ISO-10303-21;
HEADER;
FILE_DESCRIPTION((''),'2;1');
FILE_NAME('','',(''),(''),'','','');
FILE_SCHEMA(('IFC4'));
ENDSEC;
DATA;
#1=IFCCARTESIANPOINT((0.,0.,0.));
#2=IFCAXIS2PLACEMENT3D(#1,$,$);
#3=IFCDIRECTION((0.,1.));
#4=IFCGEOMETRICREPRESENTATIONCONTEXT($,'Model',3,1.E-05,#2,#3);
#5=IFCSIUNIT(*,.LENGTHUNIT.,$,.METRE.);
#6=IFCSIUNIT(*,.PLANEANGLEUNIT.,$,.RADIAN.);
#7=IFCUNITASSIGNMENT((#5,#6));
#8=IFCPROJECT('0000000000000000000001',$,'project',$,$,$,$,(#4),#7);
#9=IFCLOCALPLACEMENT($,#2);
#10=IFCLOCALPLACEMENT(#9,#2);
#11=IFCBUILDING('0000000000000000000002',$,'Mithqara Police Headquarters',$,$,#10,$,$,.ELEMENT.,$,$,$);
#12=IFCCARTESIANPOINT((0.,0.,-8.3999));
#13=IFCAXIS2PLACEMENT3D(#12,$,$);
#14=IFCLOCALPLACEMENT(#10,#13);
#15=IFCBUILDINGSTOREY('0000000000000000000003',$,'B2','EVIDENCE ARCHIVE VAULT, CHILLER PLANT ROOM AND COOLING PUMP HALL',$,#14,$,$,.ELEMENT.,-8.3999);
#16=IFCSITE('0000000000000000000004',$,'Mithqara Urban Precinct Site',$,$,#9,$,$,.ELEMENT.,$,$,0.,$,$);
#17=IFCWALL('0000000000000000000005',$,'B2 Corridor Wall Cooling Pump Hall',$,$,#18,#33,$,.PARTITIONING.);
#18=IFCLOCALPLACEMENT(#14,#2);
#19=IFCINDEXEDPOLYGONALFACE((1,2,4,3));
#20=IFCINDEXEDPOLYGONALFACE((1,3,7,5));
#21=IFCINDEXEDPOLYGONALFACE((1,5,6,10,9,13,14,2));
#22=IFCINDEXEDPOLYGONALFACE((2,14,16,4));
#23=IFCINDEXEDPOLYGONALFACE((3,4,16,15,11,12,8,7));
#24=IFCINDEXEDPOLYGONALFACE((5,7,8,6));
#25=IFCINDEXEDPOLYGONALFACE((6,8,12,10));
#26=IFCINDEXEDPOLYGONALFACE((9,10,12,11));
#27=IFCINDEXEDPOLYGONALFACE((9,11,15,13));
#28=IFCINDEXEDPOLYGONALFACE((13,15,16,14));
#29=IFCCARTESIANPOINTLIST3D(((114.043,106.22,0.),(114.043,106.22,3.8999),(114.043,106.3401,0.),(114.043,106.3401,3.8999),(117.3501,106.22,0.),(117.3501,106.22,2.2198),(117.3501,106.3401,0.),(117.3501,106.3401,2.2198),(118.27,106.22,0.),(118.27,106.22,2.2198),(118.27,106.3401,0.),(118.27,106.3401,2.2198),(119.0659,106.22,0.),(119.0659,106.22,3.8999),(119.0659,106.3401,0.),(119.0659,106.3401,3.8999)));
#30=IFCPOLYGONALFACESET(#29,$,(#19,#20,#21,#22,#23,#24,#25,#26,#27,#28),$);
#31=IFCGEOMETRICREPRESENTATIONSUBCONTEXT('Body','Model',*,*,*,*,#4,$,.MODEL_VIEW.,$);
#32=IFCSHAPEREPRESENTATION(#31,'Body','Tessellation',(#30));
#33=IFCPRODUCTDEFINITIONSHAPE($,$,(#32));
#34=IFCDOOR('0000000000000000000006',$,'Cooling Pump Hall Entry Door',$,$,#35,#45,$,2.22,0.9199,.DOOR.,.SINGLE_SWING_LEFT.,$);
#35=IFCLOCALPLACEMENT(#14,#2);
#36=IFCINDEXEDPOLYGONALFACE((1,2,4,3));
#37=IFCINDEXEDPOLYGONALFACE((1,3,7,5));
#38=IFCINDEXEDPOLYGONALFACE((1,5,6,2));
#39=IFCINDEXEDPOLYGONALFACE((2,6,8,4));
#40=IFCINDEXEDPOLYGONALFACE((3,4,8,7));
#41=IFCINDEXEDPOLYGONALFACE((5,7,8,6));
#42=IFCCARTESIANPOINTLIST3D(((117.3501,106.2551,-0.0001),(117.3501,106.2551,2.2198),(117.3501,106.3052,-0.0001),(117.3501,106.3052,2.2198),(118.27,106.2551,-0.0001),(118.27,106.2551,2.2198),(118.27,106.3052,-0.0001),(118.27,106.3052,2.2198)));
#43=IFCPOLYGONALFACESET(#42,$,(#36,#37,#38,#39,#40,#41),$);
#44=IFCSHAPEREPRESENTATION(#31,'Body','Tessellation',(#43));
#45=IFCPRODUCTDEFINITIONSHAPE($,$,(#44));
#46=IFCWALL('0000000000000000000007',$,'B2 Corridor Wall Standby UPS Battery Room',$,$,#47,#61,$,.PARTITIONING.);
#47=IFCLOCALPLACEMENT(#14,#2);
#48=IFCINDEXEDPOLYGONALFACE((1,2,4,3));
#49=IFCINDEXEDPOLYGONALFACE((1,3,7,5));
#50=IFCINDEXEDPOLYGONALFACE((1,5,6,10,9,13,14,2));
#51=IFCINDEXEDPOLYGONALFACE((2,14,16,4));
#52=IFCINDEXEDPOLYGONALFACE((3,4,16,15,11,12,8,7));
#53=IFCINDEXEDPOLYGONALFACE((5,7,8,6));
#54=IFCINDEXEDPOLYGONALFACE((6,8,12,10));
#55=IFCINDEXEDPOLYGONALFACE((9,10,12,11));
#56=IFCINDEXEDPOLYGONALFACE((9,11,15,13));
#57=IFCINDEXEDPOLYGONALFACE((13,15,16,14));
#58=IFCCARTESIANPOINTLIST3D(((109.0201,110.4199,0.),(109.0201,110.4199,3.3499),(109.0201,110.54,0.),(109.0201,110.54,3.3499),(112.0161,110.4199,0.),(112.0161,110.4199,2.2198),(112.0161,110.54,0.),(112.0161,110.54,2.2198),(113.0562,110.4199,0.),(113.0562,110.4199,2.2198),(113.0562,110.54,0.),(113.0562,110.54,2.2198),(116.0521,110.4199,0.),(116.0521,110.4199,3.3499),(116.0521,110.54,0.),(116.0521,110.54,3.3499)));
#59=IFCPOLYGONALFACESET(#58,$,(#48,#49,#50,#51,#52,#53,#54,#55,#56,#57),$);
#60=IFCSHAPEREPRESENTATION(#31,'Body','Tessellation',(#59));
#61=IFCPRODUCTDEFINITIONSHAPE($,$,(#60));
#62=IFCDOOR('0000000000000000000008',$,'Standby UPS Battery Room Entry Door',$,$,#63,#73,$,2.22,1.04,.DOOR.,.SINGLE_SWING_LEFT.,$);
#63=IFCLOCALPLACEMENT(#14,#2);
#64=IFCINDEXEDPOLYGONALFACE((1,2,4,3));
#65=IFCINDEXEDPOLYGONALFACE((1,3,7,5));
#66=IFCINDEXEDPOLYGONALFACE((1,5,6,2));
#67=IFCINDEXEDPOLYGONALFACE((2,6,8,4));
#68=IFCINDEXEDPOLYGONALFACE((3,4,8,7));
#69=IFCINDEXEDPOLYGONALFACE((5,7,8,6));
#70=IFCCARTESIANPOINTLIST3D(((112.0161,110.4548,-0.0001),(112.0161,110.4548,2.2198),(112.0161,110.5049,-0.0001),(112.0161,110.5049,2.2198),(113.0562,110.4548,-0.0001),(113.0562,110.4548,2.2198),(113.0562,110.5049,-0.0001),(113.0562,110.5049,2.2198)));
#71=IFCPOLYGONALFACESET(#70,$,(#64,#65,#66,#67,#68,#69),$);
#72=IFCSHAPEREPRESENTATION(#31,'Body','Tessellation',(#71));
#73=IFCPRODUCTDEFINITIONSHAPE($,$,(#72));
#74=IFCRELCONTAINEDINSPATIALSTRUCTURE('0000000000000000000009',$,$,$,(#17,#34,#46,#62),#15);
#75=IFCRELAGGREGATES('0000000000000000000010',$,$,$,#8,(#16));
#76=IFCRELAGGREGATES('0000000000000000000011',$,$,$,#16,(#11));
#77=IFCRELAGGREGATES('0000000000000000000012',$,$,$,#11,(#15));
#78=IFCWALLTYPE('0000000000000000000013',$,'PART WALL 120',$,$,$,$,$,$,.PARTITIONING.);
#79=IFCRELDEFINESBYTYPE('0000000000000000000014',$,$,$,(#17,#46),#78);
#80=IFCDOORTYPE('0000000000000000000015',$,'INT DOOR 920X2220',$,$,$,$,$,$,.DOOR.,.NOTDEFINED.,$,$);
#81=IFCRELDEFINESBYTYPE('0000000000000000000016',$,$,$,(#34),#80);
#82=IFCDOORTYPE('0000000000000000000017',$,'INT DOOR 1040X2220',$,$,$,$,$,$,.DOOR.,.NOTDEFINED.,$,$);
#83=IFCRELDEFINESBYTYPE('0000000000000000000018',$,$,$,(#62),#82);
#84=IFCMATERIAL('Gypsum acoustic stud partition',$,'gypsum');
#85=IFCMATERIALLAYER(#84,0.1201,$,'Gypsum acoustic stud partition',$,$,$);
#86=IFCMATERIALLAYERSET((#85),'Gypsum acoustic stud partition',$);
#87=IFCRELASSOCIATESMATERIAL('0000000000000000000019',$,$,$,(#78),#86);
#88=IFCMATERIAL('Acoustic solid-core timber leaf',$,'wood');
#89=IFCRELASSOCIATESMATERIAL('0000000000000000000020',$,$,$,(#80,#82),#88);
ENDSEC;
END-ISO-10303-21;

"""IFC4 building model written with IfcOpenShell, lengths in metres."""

from ifc_helpers import new_model, si_unit, direction, frame, frame_2d, origin, place, context, subcontext, project, spatial, rectangle, extrude, material, layer, layer_set, type_object, element, fill, save


model = new_model("IFC4")

# Units and contexts
model_context = context("Model", 3, precision=1e-05, world=origin(), true_north=direction((0.0, 1.0)))
body_context = subcontext(model_context, "Body", "Model", "MODEL_VIEW")
ifc_project = project(units=[si_unit("LENGTHUNIT", "METRE"), si_unit("PLANEANGLEUNIT", "RADIAN")], contexts=[model_context])

# Site, building, storey
site_placement = place(None, origin())
site = spatial("IfcSite", under=ifc_project, at=site_placement, Name="Mithqara Urban Precinct Site", CompositionType="ELEMENT", RefElevation=0.0)
building_placement = place(site_placement, origin())
building = spatial("IfcBuilding", under=site, at=building_placement, Name="Mithqara Police Headquarters", CompositionType="ELEMENT")
storey_placement = place(building_placement, frame((0.0, 0.0, -8.3999)))
storey = spatial("IfcBuildingStorey", under=building, at=storey_placement, Name="B2", Description="EVIDENCE ARCHIVE VAULT, CHILLER PLANT ROOM AND COOLING PUMP HALL", CompositionType="ELEMENT", Elevation=-8.3999)

# Shared definitions
ifc_material_1 = material(Name="Gypsum acoustic stud partition", Category="gypsum")
ifc_layer = layer(ifc_material_1, 0.1201, Name="Gypsum acoustic stud partition")
ifc_layer_set = layer_set([ifc_layer], Name="Gypsum acoustic stud partition")
wall_type = type_object("IfcWallType", Name="PART WALL 120", PredefinedType="PARTITIONING", material=ifc_layer_set)
ifc_material_2 = material(Name="Acoustic solid-core timber leaf", Category="wood")

# Walls, openings, doors
wall_1_placement = place(storey_placement, frame((114.043, 106.28, 0.0), z_axis=(0.0, 0.0, 1.0), x_axis=(1.0, 0.0, 0.0)))
wall_1 = element("IfcWall", 1, at=wall_1_placement, inside=storey, type_object=wall_type, Name="B2 Corridor Wall Cooling Pump Hall", PredefinedType="PARTITIONING", context=body_context, shape_type="SweptSolid", body=[
    extrude(rectangle(XDim=5.0229, YDim=0.1201, at=frame_2d((2.5115, 0.0))), origin(), (0.0, 0.0, 1.0), 3.8999),
])
opening_1_placement = place(wall_1_placement, frame((3.3071, 0.0, 0.0)))
opening_1 = element("IfcOpeningElement", 2, at=opening_1_placement, cuts=wall_1, PredefinedType="OPENING", context=body_context, shape_type="SweptSolid", body=[
    extrude(rectangle(XDim=0.9199, YDim=2.22, at=frame_2d((0.46, 1.1099))), frame((0.0, 0.0701, 0.0), z_axis=(0.0, -1.0, 0.0), x_axis=(1.0, 0.0, 0.0)), (0.0, 0.0, 1.0), 0.1401),
])
door_type_1 = type_object("IfcDoorType", Name="INT DOOR 920X2220", OperationType="NOTDEFINED", PredefinedType="DOOR", material=ifc_material_2)
door_1_placement = place(opening_1_placement, frame((0.9199, 0.0, 0.0), z_axis=(0.0, 0.0, 1.0), x_axis=(-1.0, 0.0, 0.0)))
door_1 = element("IfcDoor", 3, at=door_1_placement, inside=storey, type_object=door_type_1, Name="Cooling Pump Hall Entry Door", OperationType="SINGLE_SWING_LEFT", OverallHeight=2.22, OverallWidth=0.9199, PredefinedType="DOOR", context=body_context, shape_type="SweptSolid", body=[
    extrude(rectangle(XDim=0.9199, YDim=2.22, at=frame_2d((0.46, 1.1099))), frame((0.0, 0.0249, 0.0), z_axis=(0.0, -1.0, 0.0), x_axis=(1.0, 0.0, 0.0)), (0.0, 0.0, 1.0), 0.05),
])
fill(opening_1, door_1)
wall_2_placement = place(storey_placement, frame((109.02, 110.48, 0.0), z_axis=(0.0, 0.0, 1.0), x_axis=(1.0, 0.0, 0.0)))
wall_2 = element("IfcWall", 4, at=wall_2_placement, inside=storey, type_object=wall_type, Name="B2 Corridor Wall Standby UPS Battery Room", PredefinedType="PARTITIONING", context=body_context, shape_type="SweptSolid", body=[
    extrude(rectangle(XDim=7.032, YDim=0.1201, at=frame_2d((3.5161, 0.0))), origin(), (0.0, 0.0, 1.0), 3.3499),
])
opening_2_placement = place(wall_2_placement, frame((2.9961, 0.0, 0.0)))
opening_2 = element("IfcOpeningElement", 5, at=opening_2_placement, cuts=wall_2, PredefinedType="OPENING", context=body_context, shape_type="SweptSolid", body=[
    extrude(rectangle(XDim=1.04, YDim=2.22, at=frame_2d((0.52, 1.1099))), frame((0.0, 0.0701, 0.0), z_axis=(0.0, -1.0, 0.0), x_axis=(1.0, 0.0, 0.0)), (0.0, 0.0, 1.0), 0.1401),
])
door_type_2 = type_object("IfcDoorType", Name="INT DOOR 1040X2220", OperationType="NOTDEFINED", PredefinedType="DOOR", material=ifc_material_2)
door_2_placement = place(opening_2_placement, origin())
door_2 = element("IfcDoor", 6, at=door_2_placement, inside=storey, type_object=door_type_2, Name="Standby UPS Battery Room Entry Door", OperationType="SINGLE_SWING_LEFT", OverallHeight=2.22, OverallWidth=1.04, PredefinedType="DOOR", context=body_context, shape_type="SweptSolid", body=[
    extrude(rectangle(XDim=1.04, YDim=2.22, at=frame_2d((0.52, 1.1099))), frame((0.0, 0.0249, 0.0), z_axis=(0.0, -1.0, 0.0), x_axis=(1.0, 0.0, 0.0)), (0.0, 0.0, 1.0), 0.05),
])
fill(opening_2, door_2)

save(model, "model.ifc")
